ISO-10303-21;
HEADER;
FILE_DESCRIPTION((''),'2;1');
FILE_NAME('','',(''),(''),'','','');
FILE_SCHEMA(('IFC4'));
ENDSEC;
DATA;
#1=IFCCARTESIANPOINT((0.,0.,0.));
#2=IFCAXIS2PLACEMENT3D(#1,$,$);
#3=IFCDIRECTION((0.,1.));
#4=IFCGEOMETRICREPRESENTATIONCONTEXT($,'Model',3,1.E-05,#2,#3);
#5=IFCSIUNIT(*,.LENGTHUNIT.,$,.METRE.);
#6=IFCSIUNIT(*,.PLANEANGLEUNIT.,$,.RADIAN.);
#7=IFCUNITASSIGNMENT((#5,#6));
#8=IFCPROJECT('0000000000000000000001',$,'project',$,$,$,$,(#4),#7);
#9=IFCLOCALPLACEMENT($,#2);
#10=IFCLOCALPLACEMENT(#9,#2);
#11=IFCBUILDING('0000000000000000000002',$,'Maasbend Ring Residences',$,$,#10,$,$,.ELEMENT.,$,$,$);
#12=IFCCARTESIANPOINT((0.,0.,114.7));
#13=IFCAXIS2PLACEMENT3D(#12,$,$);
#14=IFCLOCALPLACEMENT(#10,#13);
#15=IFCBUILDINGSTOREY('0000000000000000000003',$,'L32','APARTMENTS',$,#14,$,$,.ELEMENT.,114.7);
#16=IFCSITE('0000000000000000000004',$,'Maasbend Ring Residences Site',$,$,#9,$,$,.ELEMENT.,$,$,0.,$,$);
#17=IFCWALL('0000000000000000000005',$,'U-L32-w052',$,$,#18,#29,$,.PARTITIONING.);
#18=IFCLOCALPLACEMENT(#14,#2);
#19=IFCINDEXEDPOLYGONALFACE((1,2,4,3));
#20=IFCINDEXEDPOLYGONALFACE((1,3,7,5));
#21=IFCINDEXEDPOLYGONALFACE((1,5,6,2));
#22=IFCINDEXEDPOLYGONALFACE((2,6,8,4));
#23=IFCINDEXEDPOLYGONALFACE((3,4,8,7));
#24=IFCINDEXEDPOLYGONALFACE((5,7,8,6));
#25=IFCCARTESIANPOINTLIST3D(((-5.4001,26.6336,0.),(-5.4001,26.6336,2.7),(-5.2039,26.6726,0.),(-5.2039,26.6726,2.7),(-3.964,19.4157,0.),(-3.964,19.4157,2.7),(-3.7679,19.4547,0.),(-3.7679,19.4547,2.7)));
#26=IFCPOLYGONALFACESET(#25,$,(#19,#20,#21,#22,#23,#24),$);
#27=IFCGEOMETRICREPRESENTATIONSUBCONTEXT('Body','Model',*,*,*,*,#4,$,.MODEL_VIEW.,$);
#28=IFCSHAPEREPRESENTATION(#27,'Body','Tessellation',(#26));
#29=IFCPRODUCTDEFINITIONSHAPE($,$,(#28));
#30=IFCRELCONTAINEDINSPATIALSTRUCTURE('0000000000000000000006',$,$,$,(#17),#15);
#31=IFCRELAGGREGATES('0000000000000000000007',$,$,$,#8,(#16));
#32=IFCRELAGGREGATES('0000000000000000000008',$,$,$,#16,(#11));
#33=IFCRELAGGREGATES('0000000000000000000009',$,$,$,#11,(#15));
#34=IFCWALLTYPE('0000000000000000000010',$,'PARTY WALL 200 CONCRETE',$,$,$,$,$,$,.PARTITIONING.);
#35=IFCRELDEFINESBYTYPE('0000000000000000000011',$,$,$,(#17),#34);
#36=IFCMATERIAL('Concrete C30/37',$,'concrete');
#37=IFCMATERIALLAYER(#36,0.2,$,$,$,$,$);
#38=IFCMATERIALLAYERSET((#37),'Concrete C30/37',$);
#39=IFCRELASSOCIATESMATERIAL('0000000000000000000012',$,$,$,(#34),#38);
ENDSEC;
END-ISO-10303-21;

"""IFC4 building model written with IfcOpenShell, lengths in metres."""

from ifc_helpers import new_model, si_unit, direction, frame, frame_2d, origin, place, context, subcontext, project, spatial, rectangle, extrude, material, layer, layer_set, type_object, element, save


model = new_model("IFC4")

# Units and contexts
model_context = context("Model", 3, precision=1e-05, world=origin(), true_north=direction((0.0, 1.0)))
body_context = subcontext(model_context, "Body", "Model", "MODEL_VIEW")
ifc_project = project(units=[si_unit("LENGTHUNIT", "METRE"), si_unit("PLANEANGLEUNIT", "RADIAN")], contexts=[model_context])

# Site, building, storey
site_placement = place(None, origin())
site = spatial("IfcSite", under=ifc_project, at=site_placement, Name="Maasbend Ring Residences Site", CompositionType="ELEMENT", RefElevation=0.0)
building_placement = place(site_placement, origin())
building = spatial("IfcBuilding", under=site, at=building_placement, Name="Maasbend Ring Residences", CompositionType="ELEMENT")
storey_placement = place(building_placement, frame((0.0, 0.0, 114.7)))
storey = spatial("IfcBuildingStorey", under=building, at=storey_placement, Name="L32", Description="APARTMENTS", CompositionType="ELEMENT", Elevation=114.7)

# Wall
ifc_material_1 = material(Name="Concrete C30/37", Category="concrete")
ifc_layer_1 = layer(ifc_material_1, 0.2)
ifc_layer_set_1 = layer_set([ifc_layer_1], Name="Concrete C30/37")
wall_type_1 = type_object("IfcWallType", Name="PARTY WALL 200 CONCRETE", PredefinedType="PARTITIONING", material=ifc_layer_set_1)
wall_1_placement = place(storey_placement, frame((-5.302, 26.6531, 0.0), z_axis=(0.0, 0.0, 1.0), x_axis=(0.195127, -0.980778, 0.0)))
element("IfcWall", 1, at=wall_1_placement, inside=storey, type_object=wall_type_1, Name="U-L32-w052", PredefinedType="PARTITIONING", context=body_context, shape_type="SweptSolid", body=[
    extrude(rectangle(XDim=7.3594, YDim=0.2, at=frame_2d((3.6797, 0.0))), origin(), (0.0, 0.0, 1.0), 2.7),
])

save(model, "model.ifc")
